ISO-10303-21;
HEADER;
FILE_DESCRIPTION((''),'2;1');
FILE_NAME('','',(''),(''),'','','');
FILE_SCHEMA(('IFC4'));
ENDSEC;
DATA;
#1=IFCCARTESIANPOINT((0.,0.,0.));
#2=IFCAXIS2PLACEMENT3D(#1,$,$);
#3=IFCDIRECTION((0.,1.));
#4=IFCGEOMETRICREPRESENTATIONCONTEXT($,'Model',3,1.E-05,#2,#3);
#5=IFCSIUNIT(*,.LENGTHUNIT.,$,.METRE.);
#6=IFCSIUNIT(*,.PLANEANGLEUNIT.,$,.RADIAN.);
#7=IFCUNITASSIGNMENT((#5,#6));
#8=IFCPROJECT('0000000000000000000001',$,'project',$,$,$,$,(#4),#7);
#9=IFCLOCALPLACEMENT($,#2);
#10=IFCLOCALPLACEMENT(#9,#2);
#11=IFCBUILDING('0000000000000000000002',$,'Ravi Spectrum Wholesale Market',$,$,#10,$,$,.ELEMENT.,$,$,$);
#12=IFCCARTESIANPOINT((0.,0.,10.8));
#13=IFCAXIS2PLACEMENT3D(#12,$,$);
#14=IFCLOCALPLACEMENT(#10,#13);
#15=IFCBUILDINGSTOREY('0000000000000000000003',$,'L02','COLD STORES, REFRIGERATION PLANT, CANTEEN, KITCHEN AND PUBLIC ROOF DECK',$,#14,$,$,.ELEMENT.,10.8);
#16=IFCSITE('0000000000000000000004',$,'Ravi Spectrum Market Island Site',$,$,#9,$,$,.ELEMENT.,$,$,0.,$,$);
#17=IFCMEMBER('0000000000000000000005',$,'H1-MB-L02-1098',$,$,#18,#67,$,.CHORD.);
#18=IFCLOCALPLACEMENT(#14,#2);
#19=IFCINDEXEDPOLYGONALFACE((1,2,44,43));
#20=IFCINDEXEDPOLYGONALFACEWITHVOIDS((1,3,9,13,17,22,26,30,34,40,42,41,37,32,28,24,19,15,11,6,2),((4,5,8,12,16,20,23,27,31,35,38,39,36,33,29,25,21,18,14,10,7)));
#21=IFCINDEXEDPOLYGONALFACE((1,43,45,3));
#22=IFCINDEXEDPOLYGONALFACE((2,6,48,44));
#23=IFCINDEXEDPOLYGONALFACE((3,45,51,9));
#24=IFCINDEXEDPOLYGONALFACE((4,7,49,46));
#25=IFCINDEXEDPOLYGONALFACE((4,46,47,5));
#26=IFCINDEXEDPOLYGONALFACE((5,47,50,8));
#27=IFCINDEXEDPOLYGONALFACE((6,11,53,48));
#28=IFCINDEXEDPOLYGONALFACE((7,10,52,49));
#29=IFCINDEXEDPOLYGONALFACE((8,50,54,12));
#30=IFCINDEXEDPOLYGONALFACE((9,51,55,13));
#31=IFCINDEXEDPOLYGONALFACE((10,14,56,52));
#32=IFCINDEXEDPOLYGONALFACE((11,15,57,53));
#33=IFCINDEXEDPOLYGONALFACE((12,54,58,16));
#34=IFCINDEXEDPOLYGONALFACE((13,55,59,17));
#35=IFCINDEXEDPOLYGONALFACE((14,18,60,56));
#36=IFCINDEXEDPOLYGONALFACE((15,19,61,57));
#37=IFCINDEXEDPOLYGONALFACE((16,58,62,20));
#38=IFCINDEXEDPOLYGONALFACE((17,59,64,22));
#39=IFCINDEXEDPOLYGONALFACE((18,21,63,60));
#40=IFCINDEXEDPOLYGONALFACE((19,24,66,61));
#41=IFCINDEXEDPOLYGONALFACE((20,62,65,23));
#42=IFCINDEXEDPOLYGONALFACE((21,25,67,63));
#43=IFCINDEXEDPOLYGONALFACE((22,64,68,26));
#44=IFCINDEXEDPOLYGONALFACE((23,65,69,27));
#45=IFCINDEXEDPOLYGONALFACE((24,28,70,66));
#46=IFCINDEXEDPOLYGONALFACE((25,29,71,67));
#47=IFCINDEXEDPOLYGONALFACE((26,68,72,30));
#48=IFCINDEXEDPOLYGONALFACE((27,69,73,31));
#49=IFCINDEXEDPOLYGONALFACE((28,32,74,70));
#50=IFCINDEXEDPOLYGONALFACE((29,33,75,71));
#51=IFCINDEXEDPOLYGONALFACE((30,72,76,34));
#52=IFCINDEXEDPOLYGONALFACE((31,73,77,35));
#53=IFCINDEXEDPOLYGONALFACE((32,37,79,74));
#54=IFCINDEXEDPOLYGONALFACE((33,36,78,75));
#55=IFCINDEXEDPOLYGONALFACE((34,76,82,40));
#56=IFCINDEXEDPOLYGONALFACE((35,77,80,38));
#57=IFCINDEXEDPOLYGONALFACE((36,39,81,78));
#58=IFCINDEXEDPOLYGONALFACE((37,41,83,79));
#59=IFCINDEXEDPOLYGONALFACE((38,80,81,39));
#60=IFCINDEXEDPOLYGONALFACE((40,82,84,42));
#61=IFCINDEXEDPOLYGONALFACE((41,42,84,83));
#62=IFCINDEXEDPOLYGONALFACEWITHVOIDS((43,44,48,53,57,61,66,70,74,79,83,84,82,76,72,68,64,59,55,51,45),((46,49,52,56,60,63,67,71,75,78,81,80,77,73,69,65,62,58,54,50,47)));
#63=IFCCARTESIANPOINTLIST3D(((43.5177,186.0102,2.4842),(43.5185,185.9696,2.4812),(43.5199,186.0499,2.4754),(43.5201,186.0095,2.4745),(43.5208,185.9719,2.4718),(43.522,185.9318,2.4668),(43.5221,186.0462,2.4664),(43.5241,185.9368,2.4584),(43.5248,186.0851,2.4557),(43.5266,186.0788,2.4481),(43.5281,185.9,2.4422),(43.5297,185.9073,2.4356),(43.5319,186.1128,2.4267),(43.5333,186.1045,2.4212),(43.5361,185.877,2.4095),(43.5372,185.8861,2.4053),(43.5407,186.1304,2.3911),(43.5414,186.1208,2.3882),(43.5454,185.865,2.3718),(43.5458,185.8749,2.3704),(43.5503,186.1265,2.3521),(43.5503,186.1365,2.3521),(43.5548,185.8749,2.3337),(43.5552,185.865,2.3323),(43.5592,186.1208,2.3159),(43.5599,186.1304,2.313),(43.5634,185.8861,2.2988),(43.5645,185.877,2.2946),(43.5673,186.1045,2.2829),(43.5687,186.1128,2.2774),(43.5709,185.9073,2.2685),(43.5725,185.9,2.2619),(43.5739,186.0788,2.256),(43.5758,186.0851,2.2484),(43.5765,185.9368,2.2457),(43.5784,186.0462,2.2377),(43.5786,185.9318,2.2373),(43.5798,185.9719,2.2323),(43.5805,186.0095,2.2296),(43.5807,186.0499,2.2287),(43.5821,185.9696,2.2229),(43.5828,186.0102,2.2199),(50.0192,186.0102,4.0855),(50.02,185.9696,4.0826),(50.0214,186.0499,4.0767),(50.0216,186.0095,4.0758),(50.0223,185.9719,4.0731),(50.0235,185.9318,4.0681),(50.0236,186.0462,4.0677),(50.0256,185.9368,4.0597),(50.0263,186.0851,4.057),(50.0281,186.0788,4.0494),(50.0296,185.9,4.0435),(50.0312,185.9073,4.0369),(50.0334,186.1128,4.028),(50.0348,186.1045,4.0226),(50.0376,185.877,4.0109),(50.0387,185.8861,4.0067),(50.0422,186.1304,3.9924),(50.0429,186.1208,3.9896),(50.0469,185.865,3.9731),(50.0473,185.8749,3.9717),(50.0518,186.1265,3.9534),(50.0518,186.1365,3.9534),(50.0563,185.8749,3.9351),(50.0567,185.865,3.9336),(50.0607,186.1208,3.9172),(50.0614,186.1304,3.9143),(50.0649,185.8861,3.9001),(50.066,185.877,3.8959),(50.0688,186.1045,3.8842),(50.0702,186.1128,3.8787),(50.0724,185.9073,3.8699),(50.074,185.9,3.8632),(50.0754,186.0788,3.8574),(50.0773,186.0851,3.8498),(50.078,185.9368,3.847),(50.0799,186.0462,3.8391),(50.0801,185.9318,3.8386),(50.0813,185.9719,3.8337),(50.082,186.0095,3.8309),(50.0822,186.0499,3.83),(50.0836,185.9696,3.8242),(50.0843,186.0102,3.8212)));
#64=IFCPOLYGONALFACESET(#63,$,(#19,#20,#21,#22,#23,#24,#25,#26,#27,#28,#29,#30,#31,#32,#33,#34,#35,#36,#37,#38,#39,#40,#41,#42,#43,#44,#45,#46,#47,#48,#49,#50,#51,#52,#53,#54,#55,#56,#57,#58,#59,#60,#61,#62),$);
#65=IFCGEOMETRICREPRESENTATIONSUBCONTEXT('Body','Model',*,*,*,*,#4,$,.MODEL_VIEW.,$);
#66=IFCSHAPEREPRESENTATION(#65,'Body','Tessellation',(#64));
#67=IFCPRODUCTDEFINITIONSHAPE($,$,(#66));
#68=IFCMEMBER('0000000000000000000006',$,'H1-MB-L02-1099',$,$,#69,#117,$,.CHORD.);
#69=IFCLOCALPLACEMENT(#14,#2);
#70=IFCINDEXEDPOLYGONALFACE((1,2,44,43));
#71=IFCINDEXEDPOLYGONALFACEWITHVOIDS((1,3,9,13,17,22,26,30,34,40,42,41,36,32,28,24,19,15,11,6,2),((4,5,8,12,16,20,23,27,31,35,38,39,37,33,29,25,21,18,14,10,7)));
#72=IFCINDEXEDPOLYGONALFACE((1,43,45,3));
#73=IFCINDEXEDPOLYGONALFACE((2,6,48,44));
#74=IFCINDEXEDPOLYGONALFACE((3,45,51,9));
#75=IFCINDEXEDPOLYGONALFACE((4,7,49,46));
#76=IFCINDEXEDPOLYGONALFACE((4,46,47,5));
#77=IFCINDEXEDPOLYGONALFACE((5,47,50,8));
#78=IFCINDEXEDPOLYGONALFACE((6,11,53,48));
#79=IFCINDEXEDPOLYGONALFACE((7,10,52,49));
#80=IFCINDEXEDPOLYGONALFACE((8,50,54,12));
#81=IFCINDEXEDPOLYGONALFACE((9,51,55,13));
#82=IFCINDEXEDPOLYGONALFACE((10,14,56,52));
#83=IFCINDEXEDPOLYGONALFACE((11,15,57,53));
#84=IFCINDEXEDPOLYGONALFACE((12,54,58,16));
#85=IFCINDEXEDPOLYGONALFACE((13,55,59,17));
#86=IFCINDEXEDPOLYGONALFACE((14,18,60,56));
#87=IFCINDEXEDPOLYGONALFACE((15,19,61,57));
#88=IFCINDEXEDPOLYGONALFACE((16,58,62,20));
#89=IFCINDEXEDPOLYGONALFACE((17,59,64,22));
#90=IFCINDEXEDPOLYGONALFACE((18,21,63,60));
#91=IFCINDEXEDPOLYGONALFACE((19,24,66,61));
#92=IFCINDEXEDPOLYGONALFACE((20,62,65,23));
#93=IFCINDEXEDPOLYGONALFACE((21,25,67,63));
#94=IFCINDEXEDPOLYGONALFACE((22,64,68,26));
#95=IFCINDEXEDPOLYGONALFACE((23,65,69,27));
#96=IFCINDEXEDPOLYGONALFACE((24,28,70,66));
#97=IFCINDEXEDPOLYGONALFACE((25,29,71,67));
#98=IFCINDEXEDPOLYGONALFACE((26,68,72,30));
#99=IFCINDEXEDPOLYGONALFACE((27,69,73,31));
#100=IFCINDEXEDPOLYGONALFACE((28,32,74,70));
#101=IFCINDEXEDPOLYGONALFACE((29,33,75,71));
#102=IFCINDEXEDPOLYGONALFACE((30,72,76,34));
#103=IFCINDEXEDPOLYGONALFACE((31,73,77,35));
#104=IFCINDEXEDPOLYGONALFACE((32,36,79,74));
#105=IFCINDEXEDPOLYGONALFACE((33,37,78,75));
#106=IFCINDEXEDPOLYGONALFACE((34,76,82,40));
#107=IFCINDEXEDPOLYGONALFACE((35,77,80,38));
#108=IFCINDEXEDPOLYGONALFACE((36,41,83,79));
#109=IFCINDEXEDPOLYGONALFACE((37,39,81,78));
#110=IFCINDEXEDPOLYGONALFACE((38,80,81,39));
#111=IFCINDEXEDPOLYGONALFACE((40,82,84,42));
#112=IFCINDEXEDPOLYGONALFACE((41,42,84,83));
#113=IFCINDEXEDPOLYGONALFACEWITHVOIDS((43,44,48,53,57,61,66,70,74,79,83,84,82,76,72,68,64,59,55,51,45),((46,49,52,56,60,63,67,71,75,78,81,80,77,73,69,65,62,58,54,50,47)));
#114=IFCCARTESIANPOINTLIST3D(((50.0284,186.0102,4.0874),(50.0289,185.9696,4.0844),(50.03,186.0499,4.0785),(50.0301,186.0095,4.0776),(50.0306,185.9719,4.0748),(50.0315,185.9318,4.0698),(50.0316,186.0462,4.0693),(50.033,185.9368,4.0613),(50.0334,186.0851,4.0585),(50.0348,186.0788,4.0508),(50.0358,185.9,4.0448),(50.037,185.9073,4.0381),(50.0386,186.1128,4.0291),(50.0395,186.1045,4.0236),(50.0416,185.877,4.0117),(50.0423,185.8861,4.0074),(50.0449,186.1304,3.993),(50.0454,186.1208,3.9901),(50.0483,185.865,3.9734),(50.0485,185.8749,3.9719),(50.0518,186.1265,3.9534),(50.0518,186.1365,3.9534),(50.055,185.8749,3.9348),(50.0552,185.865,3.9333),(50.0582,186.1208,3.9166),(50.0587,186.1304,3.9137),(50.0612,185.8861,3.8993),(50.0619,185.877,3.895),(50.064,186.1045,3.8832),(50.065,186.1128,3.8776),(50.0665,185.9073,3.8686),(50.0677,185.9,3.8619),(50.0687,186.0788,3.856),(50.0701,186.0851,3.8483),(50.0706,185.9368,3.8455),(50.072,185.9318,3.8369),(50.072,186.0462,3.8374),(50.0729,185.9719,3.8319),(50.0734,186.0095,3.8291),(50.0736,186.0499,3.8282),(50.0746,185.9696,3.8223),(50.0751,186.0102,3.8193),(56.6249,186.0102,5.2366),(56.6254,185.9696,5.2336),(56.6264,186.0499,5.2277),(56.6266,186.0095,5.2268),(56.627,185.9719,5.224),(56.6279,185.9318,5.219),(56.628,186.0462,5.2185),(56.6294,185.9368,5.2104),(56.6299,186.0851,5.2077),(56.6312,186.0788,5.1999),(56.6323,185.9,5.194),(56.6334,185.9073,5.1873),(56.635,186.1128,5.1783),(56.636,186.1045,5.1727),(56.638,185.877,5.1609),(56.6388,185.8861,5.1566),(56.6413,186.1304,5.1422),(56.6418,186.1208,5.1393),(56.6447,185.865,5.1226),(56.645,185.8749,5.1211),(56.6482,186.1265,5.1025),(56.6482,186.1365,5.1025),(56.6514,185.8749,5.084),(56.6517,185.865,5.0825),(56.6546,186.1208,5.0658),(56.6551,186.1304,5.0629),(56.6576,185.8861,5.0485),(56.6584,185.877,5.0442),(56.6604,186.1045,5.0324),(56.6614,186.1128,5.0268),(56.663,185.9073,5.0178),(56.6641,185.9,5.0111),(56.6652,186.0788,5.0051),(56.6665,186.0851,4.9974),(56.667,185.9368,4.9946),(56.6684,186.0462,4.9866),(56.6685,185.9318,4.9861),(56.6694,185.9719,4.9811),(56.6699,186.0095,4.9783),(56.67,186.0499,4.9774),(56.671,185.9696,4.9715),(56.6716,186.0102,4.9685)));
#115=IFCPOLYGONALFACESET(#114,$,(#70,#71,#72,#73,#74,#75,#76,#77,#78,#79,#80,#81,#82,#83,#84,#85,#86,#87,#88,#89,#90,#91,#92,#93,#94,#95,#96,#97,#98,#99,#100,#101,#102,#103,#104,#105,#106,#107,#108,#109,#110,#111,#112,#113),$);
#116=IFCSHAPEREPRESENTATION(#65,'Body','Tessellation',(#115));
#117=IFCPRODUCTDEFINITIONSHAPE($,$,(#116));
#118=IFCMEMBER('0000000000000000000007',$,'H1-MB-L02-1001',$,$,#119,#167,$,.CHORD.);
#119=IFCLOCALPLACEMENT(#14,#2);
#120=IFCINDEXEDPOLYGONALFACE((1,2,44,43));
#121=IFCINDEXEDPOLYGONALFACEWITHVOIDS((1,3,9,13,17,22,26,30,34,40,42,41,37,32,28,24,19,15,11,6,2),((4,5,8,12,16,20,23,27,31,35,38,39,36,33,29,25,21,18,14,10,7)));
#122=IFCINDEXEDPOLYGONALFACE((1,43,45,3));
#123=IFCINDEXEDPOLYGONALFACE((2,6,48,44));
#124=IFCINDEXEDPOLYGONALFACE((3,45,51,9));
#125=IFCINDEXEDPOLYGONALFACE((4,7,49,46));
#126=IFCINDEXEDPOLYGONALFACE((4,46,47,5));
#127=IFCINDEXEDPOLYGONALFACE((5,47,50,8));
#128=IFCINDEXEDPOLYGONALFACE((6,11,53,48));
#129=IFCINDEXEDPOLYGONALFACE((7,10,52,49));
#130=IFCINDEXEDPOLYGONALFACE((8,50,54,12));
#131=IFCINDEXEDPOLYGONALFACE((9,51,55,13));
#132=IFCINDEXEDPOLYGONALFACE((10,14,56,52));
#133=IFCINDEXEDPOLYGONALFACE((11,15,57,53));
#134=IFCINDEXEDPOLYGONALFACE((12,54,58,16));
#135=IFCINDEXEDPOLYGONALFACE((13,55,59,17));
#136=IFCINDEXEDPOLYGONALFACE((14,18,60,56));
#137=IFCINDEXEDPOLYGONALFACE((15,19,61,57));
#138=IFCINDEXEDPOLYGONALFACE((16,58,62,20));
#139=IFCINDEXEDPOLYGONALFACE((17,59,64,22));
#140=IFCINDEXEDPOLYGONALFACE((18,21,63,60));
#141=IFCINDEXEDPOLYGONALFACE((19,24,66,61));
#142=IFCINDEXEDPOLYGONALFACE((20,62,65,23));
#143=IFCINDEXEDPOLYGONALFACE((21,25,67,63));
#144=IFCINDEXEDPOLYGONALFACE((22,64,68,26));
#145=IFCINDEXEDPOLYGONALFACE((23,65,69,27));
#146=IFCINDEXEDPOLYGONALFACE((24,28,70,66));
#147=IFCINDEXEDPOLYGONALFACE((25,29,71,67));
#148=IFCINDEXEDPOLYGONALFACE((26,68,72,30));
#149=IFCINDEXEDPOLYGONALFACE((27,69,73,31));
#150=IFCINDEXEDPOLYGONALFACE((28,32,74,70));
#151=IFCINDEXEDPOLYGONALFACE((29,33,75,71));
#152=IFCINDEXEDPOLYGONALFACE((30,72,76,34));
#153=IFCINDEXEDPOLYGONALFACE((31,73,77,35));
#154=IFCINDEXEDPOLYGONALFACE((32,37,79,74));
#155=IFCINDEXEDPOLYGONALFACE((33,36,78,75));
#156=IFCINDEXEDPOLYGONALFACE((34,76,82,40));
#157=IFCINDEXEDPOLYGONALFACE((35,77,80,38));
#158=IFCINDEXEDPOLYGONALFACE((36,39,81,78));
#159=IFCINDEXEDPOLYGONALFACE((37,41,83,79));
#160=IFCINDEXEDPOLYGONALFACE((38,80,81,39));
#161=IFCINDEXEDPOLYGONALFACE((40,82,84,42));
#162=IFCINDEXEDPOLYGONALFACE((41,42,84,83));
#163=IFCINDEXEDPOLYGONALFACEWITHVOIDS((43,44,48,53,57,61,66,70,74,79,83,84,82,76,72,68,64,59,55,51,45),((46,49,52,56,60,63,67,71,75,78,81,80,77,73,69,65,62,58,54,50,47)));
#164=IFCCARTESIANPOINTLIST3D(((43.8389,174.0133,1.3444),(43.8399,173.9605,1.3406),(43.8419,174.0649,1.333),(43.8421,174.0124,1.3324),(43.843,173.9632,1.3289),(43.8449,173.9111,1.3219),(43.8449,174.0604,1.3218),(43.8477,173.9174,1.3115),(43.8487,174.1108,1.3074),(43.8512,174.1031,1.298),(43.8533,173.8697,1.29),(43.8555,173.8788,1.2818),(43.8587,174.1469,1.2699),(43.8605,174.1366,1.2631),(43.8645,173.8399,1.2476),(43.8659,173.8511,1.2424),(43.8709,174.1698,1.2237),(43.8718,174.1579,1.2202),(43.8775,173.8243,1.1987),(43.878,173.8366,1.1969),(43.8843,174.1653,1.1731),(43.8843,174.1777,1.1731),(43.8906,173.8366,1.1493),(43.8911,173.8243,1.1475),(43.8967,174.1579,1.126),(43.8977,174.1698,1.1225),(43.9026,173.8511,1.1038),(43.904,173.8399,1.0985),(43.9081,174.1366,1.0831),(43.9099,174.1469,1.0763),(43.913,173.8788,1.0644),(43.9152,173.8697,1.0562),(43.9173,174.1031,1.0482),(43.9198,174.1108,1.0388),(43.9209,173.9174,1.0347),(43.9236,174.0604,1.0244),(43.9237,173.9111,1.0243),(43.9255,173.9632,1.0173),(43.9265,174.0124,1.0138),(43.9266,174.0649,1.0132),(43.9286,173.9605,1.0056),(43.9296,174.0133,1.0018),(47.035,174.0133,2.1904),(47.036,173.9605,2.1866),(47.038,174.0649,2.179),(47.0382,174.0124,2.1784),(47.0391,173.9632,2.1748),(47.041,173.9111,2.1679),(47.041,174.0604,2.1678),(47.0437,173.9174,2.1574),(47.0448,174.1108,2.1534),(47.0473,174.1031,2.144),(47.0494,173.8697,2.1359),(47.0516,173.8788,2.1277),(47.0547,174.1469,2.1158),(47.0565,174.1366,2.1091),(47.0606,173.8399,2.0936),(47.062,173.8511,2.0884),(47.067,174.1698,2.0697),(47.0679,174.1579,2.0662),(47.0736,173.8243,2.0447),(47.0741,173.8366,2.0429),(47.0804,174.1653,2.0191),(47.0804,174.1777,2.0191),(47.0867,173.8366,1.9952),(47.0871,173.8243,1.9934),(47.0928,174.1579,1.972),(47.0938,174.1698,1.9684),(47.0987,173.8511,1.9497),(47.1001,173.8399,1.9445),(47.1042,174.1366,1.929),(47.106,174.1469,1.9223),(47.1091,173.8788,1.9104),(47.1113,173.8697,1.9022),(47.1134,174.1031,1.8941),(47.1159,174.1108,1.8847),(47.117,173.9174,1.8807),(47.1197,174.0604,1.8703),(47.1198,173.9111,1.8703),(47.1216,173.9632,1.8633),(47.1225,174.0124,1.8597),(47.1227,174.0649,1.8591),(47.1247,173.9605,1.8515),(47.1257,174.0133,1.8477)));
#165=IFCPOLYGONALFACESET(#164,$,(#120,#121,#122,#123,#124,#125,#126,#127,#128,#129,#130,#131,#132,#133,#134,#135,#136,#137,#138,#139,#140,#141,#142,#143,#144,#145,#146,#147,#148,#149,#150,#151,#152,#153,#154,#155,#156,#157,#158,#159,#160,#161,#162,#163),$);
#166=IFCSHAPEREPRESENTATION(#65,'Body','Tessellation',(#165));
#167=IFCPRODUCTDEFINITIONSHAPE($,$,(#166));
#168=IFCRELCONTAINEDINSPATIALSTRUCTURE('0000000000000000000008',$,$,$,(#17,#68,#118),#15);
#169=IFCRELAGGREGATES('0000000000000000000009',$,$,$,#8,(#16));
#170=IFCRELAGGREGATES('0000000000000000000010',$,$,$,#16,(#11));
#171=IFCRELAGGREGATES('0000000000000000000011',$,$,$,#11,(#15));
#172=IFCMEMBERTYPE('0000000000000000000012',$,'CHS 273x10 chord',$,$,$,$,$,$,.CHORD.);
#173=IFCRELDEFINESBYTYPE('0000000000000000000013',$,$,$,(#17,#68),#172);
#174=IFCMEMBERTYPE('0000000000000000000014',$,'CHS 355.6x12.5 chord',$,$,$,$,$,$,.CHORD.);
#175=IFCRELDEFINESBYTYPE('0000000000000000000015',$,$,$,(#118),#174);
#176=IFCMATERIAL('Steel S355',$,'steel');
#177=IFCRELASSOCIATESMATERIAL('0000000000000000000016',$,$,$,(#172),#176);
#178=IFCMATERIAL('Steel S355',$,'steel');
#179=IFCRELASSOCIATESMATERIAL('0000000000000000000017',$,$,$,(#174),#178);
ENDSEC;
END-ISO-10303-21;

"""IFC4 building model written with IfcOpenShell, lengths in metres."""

from ifc_helpers import new_model, si_unit, direction, frame, origin, origin_2d, place, context, subcontext, project, spatial, hollow_circle, extrude, material, material_profile, profile_set, type_object, element, save


model = new_model("IFC4")

# Units and contexts
model_context = context("Model", 3, precision=1e-05, world=origin(), true_north=direction((0.0, 1.0)))
body_context = subcontext(model_context, "Body", "Model", "MODEL_VIEW")
ifc_project = project(units=[si_unit("LENGTHUNIT", "METRE"), si_unit("PLANEANGLEUNIT", "RADIAN")], contexts=[model_context])

# Site, building, storey
site_placement = place(None, origin())
site = spatial("IfcSite", under=ifc_project, at=site_placement, Name="Ravi Spectrum Market Island Site", CompositionType="ELEMENT", RefElevation=0.0)
building_placement = place(site_placement, origin())
building = spatial("IfcBuilding", under=site, at=building_placement, Name="Ravi Spectrum Wholesale Market", CompositionType="ELEMENT")
storey_placement = place(building_placement, frame((0.0, 0.0, 10.8)))
storey = spatial("IfcBuildingStorey", under=building, at=storey_placement, Name="L02", Description="COLD STORES, REFRIGERATION PLANT, CANTEEN, KITCHEN AND PUBLIC ROOF DECK", CompositionType="ELEMENT", Elevation=10.8)

# Members
ifc_material_1 = material(Name="Steel S355", Category="steel")
ifc_material_profile_1 = material_profile(ifc_material_1, hollow_circle(Radius=0.1365, WallThickness=0.01, at=origin_2d()))
ifc_profile_set_1 = profile_set([ifc_material_profile_1], Name="Steel S355")
member_type_1 = type_object("IfcMemberType", Name="CHS 273x10 chord", PredefinedType="CHORD", material=ifc_profile_set_1)
for number, where, z_axis, x_axis, name in (
    (1, (43.5503, 186.0, 2.3521), (0.970982, 0.0, 0.239154), (0.0, 1.0, 0.0), "H1-MB-L02-1098"),
    (2, (50.0518, 186.0, 3.9534), (0.985162, 0.0, 0.171626), (0.0, 1.0, 0.0), "H1-MB-L02-1099"),
):
    element("IfcMember", number, at=place(storey_placement, frame(where, z_axis=z_axis, x_axis=x_axis)), inside=storey, type_object=member_type_1, Name=name, PredefinedType="CHORD", context=body_context, shape_type="SweptSolid", body=[
        extrude(hollow_circle(Radius=0.1365, WallThickness=0.01, at=origin_2d()), origin(), (0.0, 0.0, 1.0), 6.6958),
    ])
ifc_material_2 = material(Name="Steel S355", Category="steel")
ifc_material_profile_2 = material_profile(ifc_material_2, hollow_circle(Radius=0.1777, WallThickness=0.0125, at=origin_2d()))
ifc_profile_set_2 = profile_set([ifc_material_profile_2], Name="Steel S355")
member_type_2 = type_object("IfcMemberType", Name="CHS 355.6x12.5 chord", PredefinedType="CHORD", material=ifc_profile_set_2)
for number, where, z_axis, x_axis, name in (
    (3, (43.8843, 174.0, 1.1731), (0.96671, 0.0, 0.255874), (0.0, 1.0, 0.0), "H1-MB-L02-1001"),
):
    element("IfcMember", number, at=place(storey_placement, frame(where, z_axis=z_axis, x_axis=x_axis)), inside=storey, type_object=member_type_2, Name=name, PredefinedType="CHORD", context=body_context, shape_type="SweptSolid", body=[
        extrude(hollow_circle(Radius=0.1777, WallThickness=0.0125, at=origin_2d()), origin(), (0.0, 0.0, 1.0), 3.3062),
    ])

save(model, "model.ifc")
